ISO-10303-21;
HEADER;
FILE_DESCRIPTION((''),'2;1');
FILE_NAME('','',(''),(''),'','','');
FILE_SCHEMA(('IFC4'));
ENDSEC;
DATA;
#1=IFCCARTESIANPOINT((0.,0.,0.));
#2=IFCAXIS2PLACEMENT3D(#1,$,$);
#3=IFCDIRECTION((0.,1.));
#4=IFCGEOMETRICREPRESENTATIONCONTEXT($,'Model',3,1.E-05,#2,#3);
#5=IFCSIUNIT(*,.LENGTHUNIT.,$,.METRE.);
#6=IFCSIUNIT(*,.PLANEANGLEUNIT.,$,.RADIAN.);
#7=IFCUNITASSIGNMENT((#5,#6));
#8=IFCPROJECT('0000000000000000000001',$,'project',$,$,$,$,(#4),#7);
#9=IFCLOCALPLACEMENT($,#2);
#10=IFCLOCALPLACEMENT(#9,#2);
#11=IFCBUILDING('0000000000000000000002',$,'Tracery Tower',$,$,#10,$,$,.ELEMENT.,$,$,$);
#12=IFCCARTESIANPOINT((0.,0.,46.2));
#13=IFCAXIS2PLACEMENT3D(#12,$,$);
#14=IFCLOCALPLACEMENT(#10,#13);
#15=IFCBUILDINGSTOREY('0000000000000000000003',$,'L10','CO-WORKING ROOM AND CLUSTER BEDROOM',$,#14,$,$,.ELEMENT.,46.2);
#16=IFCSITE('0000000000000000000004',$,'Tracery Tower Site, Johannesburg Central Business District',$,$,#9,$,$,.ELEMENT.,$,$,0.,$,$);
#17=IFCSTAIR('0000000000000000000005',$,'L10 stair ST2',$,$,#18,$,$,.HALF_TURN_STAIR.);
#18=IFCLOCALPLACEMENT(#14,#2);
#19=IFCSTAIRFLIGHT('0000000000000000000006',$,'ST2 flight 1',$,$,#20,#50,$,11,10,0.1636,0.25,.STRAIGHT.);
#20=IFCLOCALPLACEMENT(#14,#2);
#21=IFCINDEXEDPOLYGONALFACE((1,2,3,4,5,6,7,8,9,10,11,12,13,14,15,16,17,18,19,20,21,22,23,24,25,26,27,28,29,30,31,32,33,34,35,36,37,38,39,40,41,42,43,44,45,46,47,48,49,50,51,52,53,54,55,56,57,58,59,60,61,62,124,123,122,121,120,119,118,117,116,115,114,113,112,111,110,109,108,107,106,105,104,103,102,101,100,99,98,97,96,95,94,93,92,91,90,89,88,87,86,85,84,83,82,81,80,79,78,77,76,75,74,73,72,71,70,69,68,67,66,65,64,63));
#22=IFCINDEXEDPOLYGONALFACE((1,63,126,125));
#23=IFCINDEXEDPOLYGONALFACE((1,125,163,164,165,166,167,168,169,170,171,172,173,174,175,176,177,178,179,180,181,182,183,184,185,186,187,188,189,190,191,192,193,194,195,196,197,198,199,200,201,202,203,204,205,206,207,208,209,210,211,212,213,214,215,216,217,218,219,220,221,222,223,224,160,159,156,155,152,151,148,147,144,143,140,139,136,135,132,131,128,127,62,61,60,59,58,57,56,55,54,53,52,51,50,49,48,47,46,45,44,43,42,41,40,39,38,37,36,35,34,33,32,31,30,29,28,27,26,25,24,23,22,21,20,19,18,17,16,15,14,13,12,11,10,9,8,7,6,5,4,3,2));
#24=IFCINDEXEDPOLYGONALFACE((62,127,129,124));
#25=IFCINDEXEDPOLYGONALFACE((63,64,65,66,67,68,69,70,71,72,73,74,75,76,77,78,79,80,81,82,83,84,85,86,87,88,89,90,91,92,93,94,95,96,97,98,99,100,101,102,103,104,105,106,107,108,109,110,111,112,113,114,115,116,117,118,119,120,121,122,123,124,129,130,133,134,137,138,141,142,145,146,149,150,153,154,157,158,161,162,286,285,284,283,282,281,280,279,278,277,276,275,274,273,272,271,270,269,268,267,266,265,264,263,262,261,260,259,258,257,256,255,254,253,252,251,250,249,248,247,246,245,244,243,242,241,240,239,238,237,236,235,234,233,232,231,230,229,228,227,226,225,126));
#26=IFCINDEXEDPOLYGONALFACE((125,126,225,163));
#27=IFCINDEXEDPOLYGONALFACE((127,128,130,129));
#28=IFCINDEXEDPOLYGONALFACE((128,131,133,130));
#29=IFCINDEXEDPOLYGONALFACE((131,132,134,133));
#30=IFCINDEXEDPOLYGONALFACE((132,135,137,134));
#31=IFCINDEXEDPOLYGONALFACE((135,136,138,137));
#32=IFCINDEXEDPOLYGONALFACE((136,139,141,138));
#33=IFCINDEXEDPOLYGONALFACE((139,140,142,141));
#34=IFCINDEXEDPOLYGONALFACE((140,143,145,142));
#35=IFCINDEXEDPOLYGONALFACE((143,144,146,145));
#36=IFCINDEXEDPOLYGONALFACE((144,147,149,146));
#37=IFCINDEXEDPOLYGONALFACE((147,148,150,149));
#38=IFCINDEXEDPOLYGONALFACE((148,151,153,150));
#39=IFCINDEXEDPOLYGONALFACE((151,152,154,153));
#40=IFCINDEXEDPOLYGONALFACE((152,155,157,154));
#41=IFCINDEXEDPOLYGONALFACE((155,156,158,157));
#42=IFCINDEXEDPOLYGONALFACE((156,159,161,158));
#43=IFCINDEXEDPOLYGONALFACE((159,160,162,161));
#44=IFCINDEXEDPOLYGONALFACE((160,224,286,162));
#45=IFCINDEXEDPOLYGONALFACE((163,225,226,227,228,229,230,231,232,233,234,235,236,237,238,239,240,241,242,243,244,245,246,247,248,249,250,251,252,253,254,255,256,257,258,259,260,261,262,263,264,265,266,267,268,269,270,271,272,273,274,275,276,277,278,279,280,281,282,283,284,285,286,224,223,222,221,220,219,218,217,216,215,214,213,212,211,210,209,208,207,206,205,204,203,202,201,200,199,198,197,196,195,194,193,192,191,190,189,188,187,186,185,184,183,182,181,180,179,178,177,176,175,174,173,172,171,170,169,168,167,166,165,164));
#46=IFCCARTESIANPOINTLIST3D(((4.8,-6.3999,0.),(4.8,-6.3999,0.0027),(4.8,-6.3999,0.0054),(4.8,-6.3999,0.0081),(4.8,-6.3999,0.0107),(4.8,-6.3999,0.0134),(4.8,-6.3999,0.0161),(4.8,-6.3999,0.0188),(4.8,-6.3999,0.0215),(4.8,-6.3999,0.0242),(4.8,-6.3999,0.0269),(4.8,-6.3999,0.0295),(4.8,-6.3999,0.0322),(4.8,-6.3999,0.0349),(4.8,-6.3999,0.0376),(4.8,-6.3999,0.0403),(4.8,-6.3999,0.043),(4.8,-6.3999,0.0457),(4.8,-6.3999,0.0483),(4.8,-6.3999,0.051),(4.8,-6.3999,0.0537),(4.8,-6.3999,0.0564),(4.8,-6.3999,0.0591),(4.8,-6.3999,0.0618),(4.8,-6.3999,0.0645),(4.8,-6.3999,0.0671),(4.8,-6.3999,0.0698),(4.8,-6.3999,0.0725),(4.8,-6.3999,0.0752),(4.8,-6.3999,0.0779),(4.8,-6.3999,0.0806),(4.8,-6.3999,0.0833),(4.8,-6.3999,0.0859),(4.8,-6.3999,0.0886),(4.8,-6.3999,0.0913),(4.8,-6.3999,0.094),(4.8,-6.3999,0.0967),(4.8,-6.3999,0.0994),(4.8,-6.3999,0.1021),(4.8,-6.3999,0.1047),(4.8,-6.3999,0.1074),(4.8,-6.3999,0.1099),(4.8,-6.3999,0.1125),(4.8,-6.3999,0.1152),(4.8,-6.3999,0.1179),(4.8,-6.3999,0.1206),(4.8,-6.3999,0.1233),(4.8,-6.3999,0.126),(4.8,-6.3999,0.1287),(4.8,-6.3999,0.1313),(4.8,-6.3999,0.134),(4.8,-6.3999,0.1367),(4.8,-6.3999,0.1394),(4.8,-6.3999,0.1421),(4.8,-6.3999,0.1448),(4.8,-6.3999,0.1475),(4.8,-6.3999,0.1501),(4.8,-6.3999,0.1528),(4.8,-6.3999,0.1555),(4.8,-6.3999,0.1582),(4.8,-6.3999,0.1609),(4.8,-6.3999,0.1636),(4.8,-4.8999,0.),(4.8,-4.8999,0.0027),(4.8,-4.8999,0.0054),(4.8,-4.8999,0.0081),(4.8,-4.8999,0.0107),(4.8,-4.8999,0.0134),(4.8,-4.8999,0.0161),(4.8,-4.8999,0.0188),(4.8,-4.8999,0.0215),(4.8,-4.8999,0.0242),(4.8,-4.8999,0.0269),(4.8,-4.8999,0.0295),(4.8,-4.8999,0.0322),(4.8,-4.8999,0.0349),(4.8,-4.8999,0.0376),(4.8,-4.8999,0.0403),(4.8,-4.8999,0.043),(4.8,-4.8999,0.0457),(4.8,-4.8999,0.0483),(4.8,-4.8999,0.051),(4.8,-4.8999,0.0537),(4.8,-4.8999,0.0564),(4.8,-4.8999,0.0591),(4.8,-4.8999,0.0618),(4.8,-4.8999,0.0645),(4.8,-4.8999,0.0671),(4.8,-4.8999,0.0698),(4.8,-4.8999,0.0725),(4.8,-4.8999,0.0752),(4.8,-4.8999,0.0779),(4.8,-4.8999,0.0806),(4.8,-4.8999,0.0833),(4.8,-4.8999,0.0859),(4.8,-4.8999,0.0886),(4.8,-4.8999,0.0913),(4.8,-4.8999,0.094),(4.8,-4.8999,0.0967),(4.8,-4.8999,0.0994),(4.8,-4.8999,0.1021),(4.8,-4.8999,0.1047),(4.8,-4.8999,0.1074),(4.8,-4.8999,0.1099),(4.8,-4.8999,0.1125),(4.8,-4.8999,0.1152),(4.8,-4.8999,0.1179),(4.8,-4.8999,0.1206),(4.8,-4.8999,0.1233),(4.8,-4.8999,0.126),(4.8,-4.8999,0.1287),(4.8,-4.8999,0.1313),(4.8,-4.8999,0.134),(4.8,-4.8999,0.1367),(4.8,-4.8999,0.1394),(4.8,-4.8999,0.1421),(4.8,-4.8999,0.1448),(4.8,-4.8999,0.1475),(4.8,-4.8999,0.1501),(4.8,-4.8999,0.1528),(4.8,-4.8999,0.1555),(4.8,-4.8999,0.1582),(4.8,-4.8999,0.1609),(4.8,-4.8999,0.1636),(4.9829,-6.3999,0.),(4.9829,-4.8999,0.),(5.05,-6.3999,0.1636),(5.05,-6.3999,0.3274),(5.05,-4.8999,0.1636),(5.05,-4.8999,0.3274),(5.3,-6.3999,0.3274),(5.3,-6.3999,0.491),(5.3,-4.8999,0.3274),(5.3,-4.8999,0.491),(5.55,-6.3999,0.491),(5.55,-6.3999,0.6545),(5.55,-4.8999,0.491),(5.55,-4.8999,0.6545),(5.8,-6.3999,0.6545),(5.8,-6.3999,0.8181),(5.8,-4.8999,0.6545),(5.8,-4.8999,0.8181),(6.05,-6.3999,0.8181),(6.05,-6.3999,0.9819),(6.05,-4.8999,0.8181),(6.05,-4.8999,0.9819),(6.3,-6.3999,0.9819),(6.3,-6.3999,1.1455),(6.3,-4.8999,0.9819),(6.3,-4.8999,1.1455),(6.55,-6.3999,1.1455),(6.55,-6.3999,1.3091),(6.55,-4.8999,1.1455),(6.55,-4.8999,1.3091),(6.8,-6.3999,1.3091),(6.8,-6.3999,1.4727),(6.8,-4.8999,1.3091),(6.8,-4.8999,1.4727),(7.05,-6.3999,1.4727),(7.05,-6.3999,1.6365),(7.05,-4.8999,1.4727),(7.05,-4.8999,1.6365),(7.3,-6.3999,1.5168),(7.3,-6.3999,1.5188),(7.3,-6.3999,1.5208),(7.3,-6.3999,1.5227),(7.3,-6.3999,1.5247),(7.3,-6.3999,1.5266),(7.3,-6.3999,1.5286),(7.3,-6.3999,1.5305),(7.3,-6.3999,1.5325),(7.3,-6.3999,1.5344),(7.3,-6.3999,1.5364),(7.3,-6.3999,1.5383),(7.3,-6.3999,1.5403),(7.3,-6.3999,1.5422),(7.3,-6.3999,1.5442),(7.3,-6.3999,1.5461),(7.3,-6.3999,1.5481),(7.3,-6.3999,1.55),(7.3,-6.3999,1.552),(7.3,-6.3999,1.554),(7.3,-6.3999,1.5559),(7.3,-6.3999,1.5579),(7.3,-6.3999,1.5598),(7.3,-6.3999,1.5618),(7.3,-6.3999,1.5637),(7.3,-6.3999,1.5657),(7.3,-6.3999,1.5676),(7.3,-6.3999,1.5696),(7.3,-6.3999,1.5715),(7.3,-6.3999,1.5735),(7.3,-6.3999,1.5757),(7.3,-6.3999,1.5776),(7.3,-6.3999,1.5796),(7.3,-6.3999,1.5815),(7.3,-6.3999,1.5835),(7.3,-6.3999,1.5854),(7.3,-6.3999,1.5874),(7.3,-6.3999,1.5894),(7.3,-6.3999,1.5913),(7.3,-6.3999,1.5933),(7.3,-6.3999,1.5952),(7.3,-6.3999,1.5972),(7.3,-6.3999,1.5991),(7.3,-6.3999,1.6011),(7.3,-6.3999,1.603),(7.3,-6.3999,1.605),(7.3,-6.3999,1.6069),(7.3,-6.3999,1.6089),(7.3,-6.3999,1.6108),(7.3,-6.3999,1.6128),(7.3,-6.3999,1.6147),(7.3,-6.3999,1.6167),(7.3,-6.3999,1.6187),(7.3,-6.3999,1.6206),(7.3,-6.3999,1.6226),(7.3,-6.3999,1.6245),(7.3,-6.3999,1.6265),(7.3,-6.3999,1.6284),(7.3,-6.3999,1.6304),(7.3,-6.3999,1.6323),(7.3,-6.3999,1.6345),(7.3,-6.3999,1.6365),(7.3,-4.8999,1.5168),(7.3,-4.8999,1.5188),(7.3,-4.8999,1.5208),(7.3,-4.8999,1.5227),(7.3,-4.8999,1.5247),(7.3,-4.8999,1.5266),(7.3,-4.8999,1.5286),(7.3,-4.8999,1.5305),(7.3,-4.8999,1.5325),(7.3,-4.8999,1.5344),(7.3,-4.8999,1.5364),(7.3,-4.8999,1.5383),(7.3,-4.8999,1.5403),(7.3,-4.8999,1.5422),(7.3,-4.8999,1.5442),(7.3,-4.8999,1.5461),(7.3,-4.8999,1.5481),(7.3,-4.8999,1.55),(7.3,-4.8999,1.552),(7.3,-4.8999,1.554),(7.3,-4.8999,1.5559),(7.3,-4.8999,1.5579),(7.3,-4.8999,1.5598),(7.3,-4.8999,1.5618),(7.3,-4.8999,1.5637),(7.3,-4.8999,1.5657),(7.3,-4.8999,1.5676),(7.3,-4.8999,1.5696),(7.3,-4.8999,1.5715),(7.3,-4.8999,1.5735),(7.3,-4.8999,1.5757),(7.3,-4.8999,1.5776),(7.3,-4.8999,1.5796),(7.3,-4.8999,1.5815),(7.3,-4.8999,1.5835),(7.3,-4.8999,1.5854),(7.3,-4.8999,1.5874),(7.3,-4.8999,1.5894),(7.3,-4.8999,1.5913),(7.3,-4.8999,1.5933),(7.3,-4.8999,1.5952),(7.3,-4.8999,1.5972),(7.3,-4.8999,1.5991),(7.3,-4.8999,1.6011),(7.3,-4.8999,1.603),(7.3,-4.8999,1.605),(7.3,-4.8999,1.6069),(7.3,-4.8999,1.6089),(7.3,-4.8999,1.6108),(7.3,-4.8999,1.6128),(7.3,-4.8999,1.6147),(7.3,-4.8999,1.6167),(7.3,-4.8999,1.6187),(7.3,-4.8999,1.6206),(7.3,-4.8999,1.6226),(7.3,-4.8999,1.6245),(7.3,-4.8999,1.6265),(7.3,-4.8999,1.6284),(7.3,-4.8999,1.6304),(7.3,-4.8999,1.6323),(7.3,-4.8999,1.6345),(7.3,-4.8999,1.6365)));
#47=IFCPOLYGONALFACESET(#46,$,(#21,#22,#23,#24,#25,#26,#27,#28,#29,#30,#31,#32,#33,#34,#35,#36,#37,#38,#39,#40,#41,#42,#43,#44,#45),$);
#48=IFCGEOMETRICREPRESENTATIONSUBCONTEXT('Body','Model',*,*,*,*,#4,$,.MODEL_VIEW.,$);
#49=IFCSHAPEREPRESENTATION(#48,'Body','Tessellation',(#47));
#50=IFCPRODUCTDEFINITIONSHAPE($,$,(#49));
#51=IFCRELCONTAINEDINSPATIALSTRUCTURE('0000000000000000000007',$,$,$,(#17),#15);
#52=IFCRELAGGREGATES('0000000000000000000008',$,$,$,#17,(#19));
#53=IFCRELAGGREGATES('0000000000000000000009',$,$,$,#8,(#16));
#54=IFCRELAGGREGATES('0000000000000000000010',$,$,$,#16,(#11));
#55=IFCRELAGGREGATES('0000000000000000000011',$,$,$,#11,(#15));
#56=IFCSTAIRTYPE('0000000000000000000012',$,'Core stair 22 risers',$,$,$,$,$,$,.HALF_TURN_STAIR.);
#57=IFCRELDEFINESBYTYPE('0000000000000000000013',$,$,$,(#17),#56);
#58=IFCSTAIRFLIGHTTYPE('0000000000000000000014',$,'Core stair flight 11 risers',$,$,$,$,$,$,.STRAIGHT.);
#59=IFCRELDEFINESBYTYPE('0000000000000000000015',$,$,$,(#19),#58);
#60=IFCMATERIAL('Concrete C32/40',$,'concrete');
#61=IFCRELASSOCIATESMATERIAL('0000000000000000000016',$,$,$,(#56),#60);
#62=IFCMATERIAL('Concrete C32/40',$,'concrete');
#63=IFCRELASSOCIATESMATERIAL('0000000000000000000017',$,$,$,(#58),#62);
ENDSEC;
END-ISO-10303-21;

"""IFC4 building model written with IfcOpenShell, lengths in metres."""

from ifc_helpers import new_model, si_unit, direction, frame, origin, place, context, subcontext, project, spatial, polyline, outline, extrude, material, type_object, element, aggregate, save


model = new_model("IFC4")

# Units and contexts
model_context = context("Model", 3, precision=1e-05, world=origin(), true_north=direction((0.0, 1.0)))
body_context = subcontext(model_context, "Body", "Model", "MODEL_VIEW")
ifc_project = project(units=[si_unit("LENGTHUNIT", "METRE"), si_unit("PLANEANGLEUNIT", "RADIAN")], contexts=[model_context])

# Site, building, storey
site_placement = place(None, origin())
site = spatial("IfcSite", under=ifc_project, at=site_placement, Name="Tracery Tower Site, Johannesburg Central Business District", CompositionType="ELEMENT", RefElevation=0.0)
building_placement = place(site_placement, origin())
building = spatial("IfcBuilding", under=site, at=building_placement, Name="Tracery Tower", CompositionType="ELEMENT")
storey_placement = place(building_placement, frame((0.0, 0.0, 46.2)))
storey = spatial("IfcBuildingStorey", under=building, at=storey_placement, Name="L10", Description="CO-WORKING ROOM AND CLUSTER BEDROOM", CompositionType="ELEMENT", Elevation=46.2)

# Stair
ifc_material_1 = material(Name="Concrete C32/40", Category="concrete")
stair_type = type_object("IfcStairType", Name="Core stair 22 risers", PredefinedType="HALF_TURN_STAIR", material=ifc_material_1)
stair_placement = place(storey_placement, origin())
stair = element("IfcStair", 1, at=stair_placement, inside=storey, type_object=stair_type, Name="L10 stair ST2", PredefinedType="HALF_TURN_STAIR")

# Stair flight
ifc_material_2 = material(Name="Concrete C32/40", Category="concrete")
stair_flight_type = type_object("IfcStairFlightType", Name="Core stair flight 11 risers", PredefinedType="STRAIGHT", material=ifc_material_2)
stair_flight_1_placement = place(storey_placement, frame((4.8, -5.6499, 0.0), z_axis=(0.0, 0.0, 1.0), x_axis=(1.0, 0.0, 0.0)))
stair_flight_1 = element("IfcStairFlight", 2, at=stair_flight_1_placement, type_object=stair_flight_type, Name="ST2 flight 1", NumberOfRisers=11, NumberOfTreads=10, PredefinedType="STRAIGHT", RiserHeight=0.1636, TreadLength=0.25, context=body_context, shape_type="SweptSolid", body=[
    extrude(outline(polyline([(0.0, 0.0), (0.0, 0.0027), (0.0, 0.0054), (0.0, 0.0081), (0.0, 0.0107), (0.0, 0.0134), (0.0, 0.0161), (0.0, 0.0188), (0.0, 0.0215), (0.0, 0.0242), (0.0, 0.0269), (0.0, 0.0295), (0.0, 0.0322), (0.0, 0.0349), (0.0, 0.0376), (0.0, 0.0403), (0.0, 0.043), (0.0, 0.0457), (0.0, 0.0483), (0.0, 0.051), (0.0, 0.0537), (0.0, 0.0564), (0.0, 0.0591), (0.0, 0.0618), (0.0, 0.0645), (0.0, 0.0671), (0.0, 0.0698), (0.0, 0.0725), (0.0, 0.0752), (0.0, 0.0779), (0.0, 0.0806), (0.0, 0.0833), (0.0, 0.0859), (0.0, 0.0886), (0.0, 0.0913), (0.0, 0.094), (0.0, 0.0967), (0.0, 0.0994), (0.0, 0.1021), (0.0, 0.1047), (0.0, 0.1074), (0.0, 0.1099), (0.0, 0.1125), (0.0, 0.1152), (0.0, 0.1179), (0.0, 0.1206), (0.0, 0.1233), (0.0, 0.126), (0.0, 0.1287), (0.0, 0.1313), (0.0, 0.134), (0.0, 0.1367), (0.0, 0.1394), (0.0, 0.1421), (0.0, 0.1448), (0.0, 0.1475), (0.0, 0.1501), (0.0, 0.1528), (0.0, 0.1555), (0.0, 0.1582), (0.0, 0.1609), (0.0, 0.1636), (0.25, 0.1636), (0.25, 0.3274), (0.5, 0.3274), (0.5, 0.491), (0.75, 0.491), (0.75, 0.6545), (1.0, 0.6545), (1.0, 0.8181), (1.25, 0.8181), (1.25, 0.9819), (1.5, 0.9819), (1.5, 1.1455), (1.75, 1.1455), (1.75, 1.3091), (2.0, 1.3091), (2.0, 1.4727), (2.25, 1.4727), (2.25, 1.6365), (2.5, 1.6365), (2.5, 1.6345), (2.5, 1.6323), (2.5, 1.6304), (2.5, 1.6284), (2.5, 1.6265), (2.5, 1.6245), (2.5, 1.6226), (2.5, 1.6206), (2.5, 1.6187), (2.5, 1.6167), (2.5, 1.6147), (2.5, 1.6128), (2.5, 1.6108), (2.5, 1.6089), (2.5, 1.6069), (2.5, 1.605), (2.5, 1.603), (2.5, 1.6011), (2.5, 1.5991), (2.5, 1.5972), (2.5, 1.5952), (2.5, 1.5933), (2.5, 1.5913), (2.5, 1.5894), (2.5, 1.5874), (2.5, 1.5854), (2.5, 1.5835), (2.5, 1.5815), (2.5, 1.5796), (2.5, 1.5776), (2.5, 1.5757), (2.5, 1.5735), (2.5, 1.5715), (2.5, 1.5696), (2.5, 1.5676), (2.5, 1.5657), (2.5, 1.5637), (2.5, 1.5618), (2.5, 1.5598), (2.5, 1.5579), (2.5, 1.5559), (2.5, 1.554), (2.5, 1.552), (2.5, 1.55), (2.5, 1.5481), (2.5, 1.5461), (2.5, 1.5442), (2.5, 1.5422), (2.5, 1.5403), (2.5, 1.5383), (2.5, 1.5364), (2.5, 1.5344), (2.5, 1.5325), (2.5, 1.5305), (2.5, 1.5286), (2.5, 1.5266), (2.5, 1.5247), (2.5, 1.5227), (2.5, 1.5208), (2.5, 1.5188), (2.5, 1.5168), (0.1829, 0.0), (0.0, 0.0)])), frame((0.0, 0.75, 0.0), z_axis=(0.0, -1.0, 0.0), x_axis=(1.0, 0.0, 0.0)), (0.0, 0.0, 1.0), 1.5),
])
aggregate(stair, [stair_flight_1])

save(model, "model.ifc")
